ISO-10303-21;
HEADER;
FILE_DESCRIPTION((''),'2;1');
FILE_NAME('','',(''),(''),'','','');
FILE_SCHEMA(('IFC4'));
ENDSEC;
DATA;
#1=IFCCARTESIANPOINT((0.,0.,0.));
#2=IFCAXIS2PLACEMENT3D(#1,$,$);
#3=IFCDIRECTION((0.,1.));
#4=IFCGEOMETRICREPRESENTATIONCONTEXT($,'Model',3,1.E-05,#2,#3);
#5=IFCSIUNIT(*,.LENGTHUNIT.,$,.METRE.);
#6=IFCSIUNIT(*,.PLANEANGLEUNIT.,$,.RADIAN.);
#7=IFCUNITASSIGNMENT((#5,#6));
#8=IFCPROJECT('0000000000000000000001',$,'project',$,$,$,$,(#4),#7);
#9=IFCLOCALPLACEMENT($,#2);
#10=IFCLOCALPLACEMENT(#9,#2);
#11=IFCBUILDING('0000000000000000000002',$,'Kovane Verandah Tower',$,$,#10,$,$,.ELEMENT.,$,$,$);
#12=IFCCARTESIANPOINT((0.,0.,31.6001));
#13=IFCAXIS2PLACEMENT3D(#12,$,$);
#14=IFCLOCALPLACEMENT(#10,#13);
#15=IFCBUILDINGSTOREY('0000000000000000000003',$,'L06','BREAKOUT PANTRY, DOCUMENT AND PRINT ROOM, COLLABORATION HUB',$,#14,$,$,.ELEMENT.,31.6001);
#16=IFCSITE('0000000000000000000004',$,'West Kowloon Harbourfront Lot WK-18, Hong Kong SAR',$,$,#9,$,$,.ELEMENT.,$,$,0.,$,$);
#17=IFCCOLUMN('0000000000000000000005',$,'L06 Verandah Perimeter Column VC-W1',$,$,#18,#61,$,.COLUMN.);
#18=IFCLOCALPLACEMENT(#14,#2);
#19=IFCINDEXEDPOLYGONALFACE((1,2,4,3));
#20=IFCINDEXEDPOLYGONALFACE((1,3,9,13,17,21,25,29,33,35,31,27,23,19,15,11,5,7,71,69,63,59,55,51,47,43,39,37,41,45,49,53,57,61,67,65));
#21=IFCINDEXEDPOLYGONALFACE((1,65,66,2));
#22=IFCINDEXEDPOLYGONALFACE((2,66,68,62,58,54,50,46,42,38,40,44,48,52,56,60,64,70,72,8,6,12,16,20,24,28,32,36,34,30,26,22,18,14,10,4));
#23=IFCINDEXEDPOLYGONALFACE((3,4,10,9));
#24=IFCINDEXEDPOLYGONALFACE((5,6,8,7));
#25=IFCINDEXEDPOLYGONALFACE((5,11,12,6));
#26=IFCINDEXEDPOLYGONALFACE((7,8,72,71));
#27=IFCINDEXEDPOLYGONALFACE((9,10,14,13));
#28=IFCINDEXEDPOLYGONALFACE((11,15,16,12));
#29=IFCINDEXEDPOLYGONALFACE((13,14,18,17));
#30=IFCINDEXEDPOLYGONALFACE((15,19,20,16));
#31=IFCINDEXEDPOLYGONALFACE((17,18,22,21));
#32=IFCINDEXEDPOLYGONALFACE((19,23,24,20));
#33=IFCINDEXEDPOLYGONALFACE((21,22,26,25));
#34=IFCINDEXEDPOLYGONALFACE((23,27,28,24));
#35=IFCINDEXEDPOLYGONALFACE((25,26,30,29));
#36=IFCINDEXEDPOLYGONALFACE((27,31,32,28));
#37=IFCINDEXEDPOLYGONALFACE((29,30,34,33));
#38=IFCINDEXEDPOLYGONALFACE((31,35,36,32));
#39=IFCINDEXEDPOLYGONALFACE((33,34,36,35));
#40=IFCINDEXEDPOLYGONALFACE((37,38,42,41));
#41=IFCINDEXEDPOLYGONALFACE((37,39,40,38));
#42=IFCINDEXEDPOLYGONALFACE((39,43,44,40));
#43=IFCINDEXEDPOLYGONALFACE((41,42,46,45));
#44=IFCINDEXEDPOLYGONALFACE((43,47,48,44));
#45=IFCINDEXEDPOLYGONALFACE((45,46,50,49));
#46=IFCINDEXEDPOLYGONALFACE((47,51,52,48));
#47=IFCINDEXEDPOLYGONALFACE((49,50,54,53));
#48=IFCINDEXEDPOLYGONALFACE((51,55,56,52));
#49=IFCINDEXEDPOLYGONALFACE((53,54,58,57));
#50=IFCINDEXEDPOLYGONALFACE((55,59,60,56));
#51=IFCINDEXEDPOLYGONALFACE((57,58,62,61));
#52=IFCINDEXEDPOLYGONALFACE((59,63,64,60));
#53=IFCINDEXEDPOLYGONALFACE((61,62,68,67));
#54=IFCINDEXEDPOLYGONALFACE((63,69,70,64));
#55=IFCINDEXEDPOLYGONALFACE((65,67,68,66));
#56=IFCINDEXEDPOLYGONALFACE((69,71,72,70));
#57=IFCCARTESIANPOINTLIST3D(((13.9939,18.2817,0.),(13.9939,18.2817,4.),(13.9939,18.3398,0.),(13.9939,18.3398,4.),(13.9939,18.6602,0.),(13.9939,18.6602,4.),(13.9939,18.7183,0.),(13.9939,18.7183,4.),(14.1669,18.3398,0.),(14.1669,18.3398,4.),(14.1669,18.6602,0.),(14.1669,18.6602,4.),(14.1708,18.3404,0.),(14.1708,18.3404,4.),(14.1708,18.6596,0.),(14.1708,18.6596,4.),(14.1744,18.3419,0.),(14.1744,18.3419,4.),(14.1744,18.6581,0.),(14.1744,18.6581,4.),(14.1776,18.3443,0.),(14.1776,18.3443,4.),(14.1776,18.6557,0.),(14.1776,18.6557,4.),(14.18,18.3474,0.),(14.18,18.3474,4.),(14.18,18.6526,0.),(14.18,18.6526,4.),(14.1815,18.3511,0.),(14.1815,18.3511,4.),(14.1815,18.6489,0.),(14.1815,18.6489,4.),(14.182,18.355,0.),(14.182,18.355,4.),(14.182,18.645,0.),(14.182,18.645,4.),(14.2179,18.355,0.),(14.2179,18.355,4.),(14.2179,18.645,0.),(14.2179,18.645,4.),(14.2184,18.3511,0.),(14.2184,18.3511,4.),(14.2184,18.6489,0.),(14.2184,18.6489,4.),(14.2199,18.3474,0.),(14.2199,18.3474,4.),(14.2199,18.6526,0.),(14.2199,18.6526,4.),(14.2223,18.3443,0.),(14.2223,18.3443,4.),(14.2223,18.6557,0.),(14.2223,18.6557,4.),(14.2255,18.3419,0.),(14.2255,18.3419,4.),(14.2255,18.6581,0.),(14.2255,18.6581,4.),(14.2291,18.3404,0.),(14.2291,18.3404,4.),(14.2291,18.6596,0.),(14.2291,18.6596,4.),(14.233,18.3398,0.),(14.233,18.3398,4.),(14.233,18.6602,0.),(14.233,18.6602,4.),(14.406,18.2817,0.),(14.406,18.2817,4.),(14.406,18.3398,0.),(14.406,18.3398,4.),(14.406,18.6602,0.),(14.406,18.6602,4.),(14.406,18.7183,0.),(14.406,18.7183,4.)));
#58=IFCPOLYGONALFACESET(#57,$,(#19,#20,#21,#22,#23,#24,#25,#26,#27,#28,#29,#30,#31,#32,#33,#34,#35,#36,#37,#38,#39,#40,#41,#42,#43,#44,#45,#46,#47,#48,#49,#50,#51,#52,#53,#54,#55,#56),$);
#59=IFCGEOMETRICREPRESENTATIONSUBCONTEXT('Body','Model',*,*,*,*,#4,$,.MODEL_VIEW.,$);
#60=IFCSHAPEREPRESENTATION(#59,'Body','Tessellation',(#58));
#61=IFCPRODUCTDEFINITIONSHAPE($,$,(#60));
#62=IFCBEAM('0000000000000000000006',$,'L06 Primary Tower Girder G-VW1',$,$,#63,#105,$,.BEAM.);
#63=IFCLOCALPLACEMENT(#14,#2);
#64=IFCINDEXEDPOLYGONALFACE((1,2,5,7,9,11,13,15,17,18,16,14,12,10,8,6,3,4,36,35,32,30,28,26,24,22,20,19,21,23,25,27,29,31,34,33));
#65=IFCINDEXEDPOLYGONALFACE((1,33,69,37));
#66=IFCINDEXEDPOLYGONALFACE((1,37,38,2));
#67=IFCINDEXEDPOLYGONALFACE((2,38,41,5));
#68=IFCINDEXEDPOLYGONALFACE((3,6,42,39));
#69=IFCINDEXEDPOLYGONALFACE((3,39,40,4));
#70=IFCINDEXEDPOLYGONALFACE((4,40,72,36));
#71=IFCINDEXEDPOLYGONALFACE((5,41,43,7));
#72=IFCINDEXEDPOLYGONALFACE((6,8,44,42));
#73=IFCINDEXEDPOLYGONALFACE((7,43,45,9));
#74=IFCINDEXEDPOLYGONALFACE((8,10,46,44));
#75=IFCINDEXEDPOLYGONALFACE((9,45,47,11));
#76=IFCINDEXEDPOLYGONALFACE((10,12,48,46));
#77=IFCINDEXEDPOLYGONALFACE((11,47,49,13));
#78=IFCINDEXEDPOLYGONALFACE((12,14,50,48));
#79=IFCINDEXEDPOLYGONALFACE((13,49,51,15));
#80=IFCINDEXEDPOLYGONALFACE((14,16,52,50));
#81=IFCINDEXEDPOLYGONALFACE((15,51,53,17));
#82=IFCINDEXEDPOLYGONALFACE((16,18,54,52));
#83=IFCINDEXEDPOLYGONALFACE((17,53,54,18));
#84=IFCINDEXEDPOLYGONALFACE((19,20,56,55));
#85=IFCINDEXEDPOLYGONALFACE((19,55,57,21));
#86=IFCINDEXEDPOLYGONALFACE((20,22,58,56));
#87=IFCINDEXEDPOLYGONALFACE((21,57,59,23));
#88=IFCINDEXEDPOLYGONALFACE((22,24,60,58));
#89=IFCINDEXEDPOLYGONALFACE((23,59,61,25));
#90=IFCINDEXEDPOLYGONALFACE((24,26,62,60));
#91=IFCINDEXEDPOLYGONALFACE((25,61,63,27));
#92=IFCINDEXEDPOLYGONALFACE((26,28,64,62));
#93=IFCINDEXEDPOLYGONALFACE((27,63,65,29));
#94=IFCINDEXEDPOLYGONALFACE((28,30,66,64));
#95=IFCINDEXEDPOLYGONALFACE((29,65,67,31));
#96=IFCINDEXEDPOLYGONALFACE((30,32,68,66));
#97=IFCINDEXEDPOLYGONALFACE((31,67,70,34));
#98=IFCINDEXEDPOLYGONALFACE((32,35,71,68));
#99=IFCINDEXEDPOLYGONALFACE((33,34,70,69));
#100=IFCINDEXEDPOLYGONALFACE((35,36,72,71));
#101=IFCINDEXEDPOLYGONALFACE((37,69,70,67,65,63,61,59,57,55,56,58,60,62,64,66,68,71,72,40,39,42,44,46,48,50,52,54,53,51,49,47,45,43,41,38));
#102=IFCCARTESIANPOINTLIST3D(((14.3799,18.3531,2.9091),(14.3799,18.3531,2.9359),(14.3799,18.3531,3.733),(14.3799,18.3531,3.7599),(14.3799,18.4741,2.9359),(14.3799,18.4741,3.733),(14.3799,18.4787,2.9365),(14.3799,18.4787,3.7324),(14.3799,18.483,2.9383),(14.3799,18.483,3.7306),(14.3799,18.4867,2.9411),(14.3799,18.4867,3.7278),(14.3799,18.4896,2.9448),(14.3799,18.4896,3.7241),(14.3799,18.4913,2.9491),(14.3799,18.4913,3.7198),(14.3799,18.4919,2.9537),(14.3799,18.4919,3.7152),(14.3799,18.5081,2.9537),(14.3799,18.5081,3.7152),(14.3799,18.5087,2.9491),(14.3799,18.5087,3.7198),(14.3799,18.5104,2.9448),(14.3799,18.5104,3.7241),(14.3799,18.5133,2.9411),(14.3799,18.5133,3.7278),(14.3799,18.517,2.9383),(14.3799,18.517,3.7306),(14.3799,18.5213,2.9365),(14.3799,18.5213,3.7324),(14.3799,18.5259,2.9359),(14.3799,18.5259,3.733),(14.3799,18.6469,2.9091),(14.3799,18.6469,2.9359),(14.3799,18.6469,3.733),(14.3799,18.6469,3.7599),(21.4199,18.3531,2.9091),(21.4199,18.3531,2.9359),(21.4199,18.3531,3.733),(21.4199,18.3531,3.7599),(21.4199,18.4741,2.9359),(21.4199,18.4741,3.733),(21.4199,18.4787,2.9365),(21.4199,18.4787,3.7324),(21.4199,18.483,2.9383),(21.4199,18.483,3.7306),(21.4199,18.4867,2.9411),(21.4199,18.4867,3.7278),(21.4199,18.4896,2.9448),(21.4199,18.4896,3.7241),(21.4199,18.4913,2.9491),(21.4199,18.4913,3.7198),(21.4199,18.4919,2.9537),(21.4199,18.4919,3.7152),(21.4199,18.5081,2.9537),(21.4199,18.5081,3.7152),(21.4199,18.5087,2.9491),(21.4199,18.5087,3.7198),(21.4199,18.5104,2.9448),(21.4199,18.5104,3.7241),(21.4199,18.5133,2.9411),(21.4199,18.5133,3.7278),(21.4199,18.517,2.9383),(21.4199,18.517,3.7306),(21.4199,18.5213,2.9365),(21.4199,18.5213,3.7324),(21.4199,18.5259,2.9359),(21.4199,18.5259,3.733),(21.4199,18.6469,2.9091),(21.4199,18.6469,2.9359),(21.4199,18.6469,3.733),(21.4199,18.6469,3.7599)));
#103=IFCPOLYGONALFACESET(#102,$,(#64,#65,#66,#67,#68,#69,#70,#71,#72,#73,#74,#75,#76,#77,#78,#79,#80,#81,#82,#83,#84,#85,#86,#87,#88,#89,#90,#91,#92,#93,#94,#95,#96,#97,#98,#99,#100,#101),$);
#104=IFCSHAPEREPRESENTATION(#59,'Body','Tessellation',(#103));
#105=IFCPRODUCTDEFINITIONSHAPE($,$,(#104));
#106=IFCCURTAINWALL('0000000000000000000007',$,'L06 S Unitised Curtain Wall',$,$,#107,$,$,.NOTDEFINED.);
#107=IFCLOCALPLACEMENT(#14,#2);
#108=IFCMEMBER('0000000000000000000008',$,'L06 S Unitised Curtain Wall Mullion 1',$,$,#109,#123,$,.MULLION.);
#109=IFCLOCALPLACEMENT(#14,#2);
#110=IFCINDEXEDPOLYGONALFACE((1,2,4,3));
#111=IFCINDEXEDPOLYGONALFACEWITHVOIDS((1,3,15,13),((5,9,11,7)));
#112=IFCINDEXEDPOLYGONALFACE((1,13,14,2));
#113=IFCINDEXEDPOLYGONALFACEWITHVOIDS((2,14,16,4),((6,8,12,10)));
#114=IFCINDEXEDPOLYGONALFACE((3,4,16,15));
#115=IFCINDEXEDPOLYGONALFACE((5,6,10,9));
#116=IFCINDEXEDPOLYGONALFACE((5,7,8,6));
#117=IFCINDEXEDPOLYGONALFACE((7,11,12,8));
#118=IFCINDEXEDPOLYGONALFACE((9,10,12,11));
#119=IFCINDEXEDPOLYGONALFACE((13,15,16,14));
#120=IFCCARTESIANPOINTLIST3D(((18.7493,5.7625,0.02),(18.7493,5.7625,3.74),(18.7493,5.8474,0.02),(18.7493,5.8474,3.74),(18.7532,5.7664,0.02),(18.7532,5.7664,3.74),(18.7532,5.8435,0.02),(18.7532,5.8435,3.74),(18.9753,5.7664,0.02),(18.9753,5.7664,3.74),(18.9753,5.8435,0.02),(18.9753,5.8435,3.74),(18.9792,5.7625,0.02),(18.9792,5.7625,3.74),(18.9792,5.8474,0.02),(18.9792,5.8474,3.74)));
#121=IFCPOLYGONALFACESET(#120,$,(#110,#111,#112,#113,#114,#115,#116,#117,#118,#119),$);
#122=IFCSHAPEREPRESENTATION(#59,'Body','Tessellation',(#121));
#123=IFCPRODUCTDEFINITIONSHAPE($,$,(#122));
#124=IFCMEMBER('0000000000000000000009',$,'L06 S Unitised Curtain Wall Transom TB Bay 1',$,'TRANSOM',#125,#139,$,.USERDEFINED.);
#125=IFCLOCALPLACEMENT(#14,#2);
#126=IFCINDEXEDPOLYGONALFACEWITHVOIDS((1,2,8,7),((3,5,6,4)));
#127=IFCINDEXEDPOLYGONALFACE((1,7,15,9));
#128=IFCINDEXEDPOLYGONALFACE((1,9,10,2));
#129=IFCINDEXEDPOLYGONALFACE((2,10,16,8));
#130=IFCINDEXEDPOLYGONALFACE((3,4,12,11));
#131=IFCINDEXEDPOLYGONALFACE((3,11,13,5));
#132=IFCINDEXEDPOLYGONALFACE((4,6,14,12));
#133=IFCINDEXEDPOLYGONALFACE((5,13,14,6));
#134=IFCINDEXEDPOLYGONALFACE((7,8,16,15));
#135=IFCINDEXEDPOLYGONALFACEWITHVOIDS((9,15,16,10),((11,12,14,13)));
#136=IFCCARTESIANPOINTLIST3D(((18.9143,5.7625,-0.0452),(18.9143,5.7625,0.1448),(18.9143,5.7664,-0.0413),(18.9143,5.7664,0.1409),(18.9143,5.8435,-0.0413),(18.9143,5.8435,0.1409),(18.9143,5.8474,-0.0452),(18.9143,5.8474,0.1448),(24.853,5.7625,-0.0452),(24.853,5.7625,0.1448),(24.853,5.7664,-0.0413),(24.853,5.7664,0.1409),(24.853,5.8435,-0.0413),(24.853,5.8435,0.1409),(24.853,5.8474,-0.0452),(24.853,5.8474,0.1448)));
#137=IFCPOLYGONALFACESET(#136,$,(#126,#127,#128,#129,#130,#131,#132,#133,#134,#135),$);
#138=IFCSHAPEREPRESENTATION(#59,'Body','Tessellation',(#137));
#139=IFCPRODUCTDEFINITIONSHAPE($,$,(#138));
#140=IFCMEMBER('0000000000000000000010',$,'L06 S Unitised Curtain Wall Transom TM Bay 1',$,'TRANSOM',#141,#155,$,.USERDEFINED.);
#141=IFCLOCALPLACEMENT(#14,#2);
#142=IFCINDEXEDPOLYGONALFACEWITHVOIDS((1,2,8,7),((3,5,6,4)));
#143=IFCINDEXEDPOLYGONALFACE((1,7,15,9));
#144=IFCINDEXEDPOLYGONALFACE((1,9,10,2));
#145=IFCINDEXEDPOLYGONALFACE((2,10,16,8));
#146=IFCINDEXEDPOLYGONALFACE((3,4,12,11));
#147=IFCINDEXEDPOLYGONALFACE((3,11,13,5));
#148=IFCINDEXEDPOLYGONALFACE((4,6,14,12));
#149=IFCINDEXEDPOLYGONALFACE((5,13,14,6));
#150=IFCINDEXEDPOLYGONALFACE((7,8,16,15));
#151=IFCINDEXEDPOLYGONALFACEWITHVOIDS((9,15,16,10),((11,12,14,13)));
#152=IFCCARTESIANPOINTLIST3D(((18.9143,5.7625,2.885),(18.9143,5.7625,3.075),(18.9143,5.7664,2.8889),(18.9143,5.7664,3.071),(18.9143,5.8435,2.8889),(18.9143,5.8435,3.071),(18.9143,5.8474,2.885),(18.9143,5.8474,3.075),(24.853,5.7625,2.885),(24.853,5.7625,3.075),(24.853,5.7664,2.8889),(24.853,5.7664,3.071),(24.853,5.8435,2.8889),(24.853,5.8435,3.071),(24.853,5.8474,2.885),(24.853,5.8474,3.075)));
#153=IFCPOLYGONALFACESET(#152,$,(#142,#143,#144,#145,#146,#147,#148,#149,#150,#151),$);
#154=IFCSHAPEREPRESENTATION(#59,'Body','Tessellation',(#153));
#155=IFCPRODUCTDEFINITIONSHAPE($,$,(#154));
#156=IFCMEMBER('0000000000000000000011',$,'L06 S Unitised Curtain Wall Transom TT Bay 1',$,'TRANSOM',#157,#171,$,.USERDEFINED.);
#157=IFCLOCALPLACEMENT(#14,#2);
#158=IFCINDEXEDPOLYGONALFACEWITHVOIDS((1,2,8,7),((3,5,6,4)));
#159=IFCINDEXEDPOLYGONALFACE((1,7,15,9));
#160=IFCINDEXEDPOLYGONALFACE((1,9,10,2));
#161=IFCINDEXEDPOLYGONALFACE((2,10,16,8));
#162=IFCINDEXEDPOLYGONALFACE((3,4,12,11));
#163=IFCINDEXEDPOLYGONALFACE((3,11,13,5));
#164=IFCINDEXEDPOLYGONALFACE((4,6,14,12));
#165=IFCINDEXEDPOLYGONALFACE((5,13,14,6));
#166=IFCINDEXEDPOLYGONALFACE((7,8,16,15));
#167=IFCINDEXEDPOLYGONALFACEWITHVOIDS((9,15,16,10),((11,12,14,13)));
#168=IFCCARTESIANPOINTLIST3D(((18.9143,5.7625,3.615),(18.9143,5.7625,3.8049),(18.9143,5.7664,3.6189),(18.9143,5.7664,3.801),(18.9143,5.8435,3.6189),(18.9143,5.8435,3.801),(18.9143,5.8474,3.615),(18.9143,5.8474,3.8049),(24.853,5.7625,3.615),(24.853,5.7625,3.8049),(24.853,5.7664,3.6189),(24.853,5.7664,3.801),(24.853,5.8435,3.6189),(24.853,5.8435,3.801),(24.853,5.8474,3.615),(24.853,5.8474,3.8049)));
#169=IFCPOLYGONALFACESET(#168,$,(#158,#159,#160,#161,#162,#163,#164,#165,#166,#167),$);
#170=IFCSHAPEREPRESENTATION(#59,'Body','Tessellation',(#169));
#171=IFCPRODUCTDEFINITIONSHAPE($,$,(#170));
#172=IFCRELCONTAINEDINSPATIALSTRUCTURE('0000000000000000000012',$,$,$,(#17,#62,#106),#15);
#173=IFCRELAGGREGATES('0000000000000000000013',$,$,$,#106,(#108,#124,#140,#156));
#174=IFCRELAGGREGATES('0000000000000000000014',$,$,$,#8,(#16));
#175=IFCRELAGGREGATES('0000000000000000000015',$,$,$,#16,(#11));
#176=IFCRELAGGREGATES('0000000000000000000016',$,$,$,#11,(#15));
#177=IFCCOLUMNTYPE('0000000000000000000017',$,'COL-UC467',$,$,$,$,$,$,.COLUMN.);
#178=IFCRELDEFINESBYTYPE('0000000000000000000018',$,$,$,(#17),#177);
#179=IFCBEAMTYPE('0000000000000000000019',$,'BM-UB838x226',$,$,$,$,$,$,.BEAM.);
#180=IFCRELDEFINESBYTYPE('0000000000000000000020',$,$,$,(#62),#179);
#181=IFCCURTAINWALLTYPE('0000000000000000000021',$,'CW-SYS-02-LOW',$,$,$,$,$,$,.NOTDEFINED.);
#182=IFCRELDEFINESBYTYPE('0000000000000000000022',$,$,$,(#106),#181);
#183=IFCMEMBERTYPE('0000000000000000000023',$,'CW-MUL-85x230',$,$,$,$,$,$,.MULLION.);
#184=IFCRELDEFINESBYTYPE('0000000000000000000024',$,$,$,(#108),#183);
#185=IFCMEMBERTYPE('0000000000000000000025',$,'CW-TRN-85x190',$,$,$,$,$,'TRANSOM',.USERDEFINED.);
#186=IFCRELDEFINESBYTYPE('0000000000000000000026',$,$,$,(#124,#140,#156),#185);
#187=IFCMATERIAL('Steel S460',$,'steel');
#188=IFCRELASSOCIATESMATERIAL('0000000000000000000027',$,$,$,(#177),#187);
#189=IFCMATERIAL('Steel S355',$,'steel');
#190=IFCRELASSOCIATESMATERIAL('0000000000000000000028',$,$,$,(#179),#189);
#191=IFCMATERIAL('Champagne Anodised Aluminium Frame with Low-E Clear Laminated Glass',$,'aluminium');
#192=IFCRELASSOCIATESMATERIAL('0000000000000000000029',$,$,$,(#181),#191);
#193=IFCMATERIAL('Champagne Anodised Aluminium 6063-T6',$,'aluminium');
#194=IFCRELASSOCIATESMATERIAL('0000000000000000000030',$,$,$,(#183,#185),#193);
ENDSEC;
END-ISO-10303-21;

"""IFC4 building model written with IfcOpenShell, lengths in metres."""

from ifc_helpers import new_model, si_unit, direction, frame, origin, origin_2d, place, context, subcontext, project, spatial, hollow_rectangle, i_section, extrude, material, material_profile, profile_set, type_object, element, aggregate, save


model = new_model("IFC4")

# Units and contexts
model_context = context("Model", 3, precision=1e-05, world=origin(), true_north=direction((0.0, 1.0)))
body_context = subcontext(model_context, "Body", "Model", "MODEL_VIEW")
ifc_project = project(units=[si_unit("LENGTHUNIT", "METRE"), si_unit("PLANEANGLEUNIT", "RADIAN")], contexts=[model_context])

# Site, building, storey
site_placement = place(None, origin())
site = spatial("IfcSite", under=ifc_project, at=site_placement, Name="West Kowloon Harbourfront Lot WK-18, Hong Kong SAR", CompositionType="ELEMENT", RefElevation=0.0)
building_placement = place(site_placement, origin())
building = spatial("IfcBuilding", under=site, at=building_placement, Name="Kovane Verandah Tower", CompositionType="ELEMENT")
storey_placement = place(building_placement, frame((0.0, 0.0, 31.6001)))
storey = spatial("IfcBuildingStorey", under=building, at=storey_placement, Name="L06", Description="BREAKOUT PANTRY, DOCUMENT AND PRINT ROOM, COLLABORATION HUB", CompositionType="ELEMENT", Elevation=31.6001)

# Column
ifc_material_1 = material(Name="Steel S460", Category="steel")
ifc_material_profile_1 = material_profile(ifc_material_1, i_section(OverallWidth=0.4121, OverallDepth=0.4365, WebThickness=0.0359, FlangeThickness=0.0581, FilletRadius=0.0151, at=origin_2d()), Name="UC356x406x467")
ifc_profile_set_1 = profile_set([ifc_material_profile_1], Name="Steel S460")
column_type = type_object("IfcColumnType", Name="COL-UC467", PredefinedType="COLUMN", material=ifc_profile_set_1)
column_placement = place(storey_placement, frame((14.2, 18.5, 0.0), z_axis=(0.0, 0.0, 1.0), x_axis=(1.0, 0.0, 0.0)))
element("IfcColumn", 1, at=column_placement, inside=storey, type_object=column_type, Name="L06 Verandah Perimeter Column VC-W1", PredefinedType="COLUMN", context=body_context, shape_type="SweptSolid", body=[
    extrude(i_section(OverallWidth=0.4121, OverallDepth=0.4365, WebThickness=0.0359, FlangeThickness=0.0581, FilletRadius=0.0151, at=origin_2d()), origin(), (0.0, 0.0, 1.0), 4.0),
])

# Beam
ifc_material_2 = material(Name="Steel S355", Category="steel")
ifc_material_profile_2 = material_profile(ifc_material_2, i_section(OverallWidth=0.2937, OverallDepth=0.8508, WebThickness=0.0161, FlangeThickness=0.0269, FilletRadius=0.0178, at=origin_2d()), Name="UB838x292x226")
ifc_profile_set_2 = profile_set([ifc_material_profile_2], Name="Steel S355")
beam_type_1 = type_object("IfcBeamType", Name="BM-UB838x226", PredefinedType="BEAM", material=ifc_profile_set_2)
beam_1_placement = place(storey_placement, frame((21.4199, 18.5, 3.3345), z_axis=(-1.0, 0.0, 0.0), x_axis=(0.0, -1.0, 0.0)))
element("IfcBeam", 2, at=beam_1_placement, inside=storey, type_object=beam_type_1, Name="L06 Primary Tower Girder G-VW1", PredefinedType="BEAM", context=body_context, shape_type="SweptSolid", body=[
    extrude(i_section(OverallWidth=0.2937, OverallDepth=0.8508, WebThickness=0.0161, FlangeThickness=0.0269, FilletRadius=0.0178, at=origin_2d()), origin(), (0.0, 0.0, 1.0), 7.04),
])

# Curtain wall, members
ifc_material_3 = material(Name="Champagne Anodised Aluminium Frame with Low-E Clear Laminated Glass", Category="aluminium")
curtain_wall_type = type_object("IfcCurtainWallType", Name="CW-SYS-02-LOW", PredefinedType="NOTDEFINED", material=ifc_material_3)
curtain_wall_placement = place(storey_placement, origin())
curtain_wall = element("IfcCurtainWall", 3, at=curtain_wall_placement, inside=storey, type_object=curtain_wall_type, Name="L06 S Unitised Curtain Wall", PredefinedType="NOTDEFINED")
ifc_material_4 = material(Name="Champagne Anodised Aluminium 6063-T6", Category="aluminium")
ifc_material_profile_3 = material_profile(ifc_material_4, hollow_rectangle(XDim=0.085, YDim=0.23, WallThickness=0.0039, at=origin_2d()), Name="AL85x230x4")
ifc_profile_set_3 = profile_set([ifc_material_profile_3], Name="Champagne Anodised Aluminium 6063-T6")
member_type_1 = type_object("IfcMemberType", Name="CW-MUL-85x230", PredefinedType="MULLION", material=ifc_profile_set_3)
member_1_placement = place(storey_placement, frame((18.8643, 5.8049, 0.02), z_axis=(0.0, 0.0, 1.0), x_axis=(0.0, -1.0, 0.0)))
member_1 = element("IfcMember", 4, at=member_1_placement, type_object=member_type_1, Name="L06 S Unitised Curtain Wall Mullion 1", PredefinedType="MULLION", context=body_context, shape_type="SweptSolid", body=[
    extrude(hollow_rectangle(XDim=0.085, YDim=0.23, WallThickness=0.0039, at=origin_2d()), origin(), (0.0, 0.0, 1.0), 3.72),
])
ifc_material_profile_4 = material_profile(ifc_material_4, hollow_rectangle(XDim=0.085, YDim=0.1899, WallThickness=0.0039, at=origin_2d()), Name="AL85x190x4")
ifc_profile_set_4 = profile_set([ifc_material_profile_4], Name="Champagne Anodised Aluminium 6063-T6")
member_type_2 = type_object("IfcMemberType", Name="CW-TRN-85x190", ElementType="TRANSOM", PredefinedType="USERDEFINED", material=ifc_profile_set_4)
member_2_placement = place(storey_placement, frame((18.9143, 5.8049, 0.0498), z_axis=(1.0, 0.0, 0.0), x_axis=(0.0, 1.0, 0.0)))
member_2 = element("IfcMember", 5, at=member_2_placement, type_object=member_type_2, Name="L06 S Unitised Curtain Wall Transom TB Bay 1", ObjectType="TRANSOM", PredefinedType="USERDEFINED", context=body_context, shape_type="SweptSolid", body=[
    extrude(hollow_rectangle(XDim=0.085, YDim=0.1899, WallThickness=0.0039, at=origin_2d()), origin(), (0.0, 0.0, 1.0), 5.9387),
])
member_3_placement = place(storey_placement, frame((18.9143, 5.8049, 2.98), z_axis=(1.0, 0.0, 0.0), x_axis=(0.0, 1.0, 0.0)))
member_3 = element("IfcMember", 6, at=member_3_placement, type_object=member_type_2, Name="L06 S Unitised Curtain Wall Transom TM Bay 1", ObjectType="TRANSOM", PredefinedType="USERDEFINED", context=body_context, shape_type="SweptSolid", body=[
    extrude(hollow_rectangle(XDim=0.085, YDim=0.1899, WallThickness=0.0039, at=origin_2d()), origin(), (0.0, 0.0, 1.0), 5.9387),
])
member_4_placement = place(storey_placement, frame((18.9143, 5.8049, 3.71), z_axis=(1.0, 0.0, 0.0), x_axis=(0.0, 1.0, 0.0)))
member_4 = element("IfcMember", 7, at=member_4_placement, type_object=member_type_2, Name="L06 S Unitised Curtain Wall Transom TT Bay 1", ObjectType="TRANSOM", PredefinedType="USERDEFINED", context=body_context, shape_type="SweptSolid", body=[
    extrude(hollow_rectangle(XDim=0.085, YDim=0.1899, WallThickness=0.0039, at=origin_2d()), origin(), (0.0, 0.0, 1.0), 5.9387),
])
aggregate(curtain_wall, [member_1, member_2, member_3, member_4])

save(model, "model.ifc")
